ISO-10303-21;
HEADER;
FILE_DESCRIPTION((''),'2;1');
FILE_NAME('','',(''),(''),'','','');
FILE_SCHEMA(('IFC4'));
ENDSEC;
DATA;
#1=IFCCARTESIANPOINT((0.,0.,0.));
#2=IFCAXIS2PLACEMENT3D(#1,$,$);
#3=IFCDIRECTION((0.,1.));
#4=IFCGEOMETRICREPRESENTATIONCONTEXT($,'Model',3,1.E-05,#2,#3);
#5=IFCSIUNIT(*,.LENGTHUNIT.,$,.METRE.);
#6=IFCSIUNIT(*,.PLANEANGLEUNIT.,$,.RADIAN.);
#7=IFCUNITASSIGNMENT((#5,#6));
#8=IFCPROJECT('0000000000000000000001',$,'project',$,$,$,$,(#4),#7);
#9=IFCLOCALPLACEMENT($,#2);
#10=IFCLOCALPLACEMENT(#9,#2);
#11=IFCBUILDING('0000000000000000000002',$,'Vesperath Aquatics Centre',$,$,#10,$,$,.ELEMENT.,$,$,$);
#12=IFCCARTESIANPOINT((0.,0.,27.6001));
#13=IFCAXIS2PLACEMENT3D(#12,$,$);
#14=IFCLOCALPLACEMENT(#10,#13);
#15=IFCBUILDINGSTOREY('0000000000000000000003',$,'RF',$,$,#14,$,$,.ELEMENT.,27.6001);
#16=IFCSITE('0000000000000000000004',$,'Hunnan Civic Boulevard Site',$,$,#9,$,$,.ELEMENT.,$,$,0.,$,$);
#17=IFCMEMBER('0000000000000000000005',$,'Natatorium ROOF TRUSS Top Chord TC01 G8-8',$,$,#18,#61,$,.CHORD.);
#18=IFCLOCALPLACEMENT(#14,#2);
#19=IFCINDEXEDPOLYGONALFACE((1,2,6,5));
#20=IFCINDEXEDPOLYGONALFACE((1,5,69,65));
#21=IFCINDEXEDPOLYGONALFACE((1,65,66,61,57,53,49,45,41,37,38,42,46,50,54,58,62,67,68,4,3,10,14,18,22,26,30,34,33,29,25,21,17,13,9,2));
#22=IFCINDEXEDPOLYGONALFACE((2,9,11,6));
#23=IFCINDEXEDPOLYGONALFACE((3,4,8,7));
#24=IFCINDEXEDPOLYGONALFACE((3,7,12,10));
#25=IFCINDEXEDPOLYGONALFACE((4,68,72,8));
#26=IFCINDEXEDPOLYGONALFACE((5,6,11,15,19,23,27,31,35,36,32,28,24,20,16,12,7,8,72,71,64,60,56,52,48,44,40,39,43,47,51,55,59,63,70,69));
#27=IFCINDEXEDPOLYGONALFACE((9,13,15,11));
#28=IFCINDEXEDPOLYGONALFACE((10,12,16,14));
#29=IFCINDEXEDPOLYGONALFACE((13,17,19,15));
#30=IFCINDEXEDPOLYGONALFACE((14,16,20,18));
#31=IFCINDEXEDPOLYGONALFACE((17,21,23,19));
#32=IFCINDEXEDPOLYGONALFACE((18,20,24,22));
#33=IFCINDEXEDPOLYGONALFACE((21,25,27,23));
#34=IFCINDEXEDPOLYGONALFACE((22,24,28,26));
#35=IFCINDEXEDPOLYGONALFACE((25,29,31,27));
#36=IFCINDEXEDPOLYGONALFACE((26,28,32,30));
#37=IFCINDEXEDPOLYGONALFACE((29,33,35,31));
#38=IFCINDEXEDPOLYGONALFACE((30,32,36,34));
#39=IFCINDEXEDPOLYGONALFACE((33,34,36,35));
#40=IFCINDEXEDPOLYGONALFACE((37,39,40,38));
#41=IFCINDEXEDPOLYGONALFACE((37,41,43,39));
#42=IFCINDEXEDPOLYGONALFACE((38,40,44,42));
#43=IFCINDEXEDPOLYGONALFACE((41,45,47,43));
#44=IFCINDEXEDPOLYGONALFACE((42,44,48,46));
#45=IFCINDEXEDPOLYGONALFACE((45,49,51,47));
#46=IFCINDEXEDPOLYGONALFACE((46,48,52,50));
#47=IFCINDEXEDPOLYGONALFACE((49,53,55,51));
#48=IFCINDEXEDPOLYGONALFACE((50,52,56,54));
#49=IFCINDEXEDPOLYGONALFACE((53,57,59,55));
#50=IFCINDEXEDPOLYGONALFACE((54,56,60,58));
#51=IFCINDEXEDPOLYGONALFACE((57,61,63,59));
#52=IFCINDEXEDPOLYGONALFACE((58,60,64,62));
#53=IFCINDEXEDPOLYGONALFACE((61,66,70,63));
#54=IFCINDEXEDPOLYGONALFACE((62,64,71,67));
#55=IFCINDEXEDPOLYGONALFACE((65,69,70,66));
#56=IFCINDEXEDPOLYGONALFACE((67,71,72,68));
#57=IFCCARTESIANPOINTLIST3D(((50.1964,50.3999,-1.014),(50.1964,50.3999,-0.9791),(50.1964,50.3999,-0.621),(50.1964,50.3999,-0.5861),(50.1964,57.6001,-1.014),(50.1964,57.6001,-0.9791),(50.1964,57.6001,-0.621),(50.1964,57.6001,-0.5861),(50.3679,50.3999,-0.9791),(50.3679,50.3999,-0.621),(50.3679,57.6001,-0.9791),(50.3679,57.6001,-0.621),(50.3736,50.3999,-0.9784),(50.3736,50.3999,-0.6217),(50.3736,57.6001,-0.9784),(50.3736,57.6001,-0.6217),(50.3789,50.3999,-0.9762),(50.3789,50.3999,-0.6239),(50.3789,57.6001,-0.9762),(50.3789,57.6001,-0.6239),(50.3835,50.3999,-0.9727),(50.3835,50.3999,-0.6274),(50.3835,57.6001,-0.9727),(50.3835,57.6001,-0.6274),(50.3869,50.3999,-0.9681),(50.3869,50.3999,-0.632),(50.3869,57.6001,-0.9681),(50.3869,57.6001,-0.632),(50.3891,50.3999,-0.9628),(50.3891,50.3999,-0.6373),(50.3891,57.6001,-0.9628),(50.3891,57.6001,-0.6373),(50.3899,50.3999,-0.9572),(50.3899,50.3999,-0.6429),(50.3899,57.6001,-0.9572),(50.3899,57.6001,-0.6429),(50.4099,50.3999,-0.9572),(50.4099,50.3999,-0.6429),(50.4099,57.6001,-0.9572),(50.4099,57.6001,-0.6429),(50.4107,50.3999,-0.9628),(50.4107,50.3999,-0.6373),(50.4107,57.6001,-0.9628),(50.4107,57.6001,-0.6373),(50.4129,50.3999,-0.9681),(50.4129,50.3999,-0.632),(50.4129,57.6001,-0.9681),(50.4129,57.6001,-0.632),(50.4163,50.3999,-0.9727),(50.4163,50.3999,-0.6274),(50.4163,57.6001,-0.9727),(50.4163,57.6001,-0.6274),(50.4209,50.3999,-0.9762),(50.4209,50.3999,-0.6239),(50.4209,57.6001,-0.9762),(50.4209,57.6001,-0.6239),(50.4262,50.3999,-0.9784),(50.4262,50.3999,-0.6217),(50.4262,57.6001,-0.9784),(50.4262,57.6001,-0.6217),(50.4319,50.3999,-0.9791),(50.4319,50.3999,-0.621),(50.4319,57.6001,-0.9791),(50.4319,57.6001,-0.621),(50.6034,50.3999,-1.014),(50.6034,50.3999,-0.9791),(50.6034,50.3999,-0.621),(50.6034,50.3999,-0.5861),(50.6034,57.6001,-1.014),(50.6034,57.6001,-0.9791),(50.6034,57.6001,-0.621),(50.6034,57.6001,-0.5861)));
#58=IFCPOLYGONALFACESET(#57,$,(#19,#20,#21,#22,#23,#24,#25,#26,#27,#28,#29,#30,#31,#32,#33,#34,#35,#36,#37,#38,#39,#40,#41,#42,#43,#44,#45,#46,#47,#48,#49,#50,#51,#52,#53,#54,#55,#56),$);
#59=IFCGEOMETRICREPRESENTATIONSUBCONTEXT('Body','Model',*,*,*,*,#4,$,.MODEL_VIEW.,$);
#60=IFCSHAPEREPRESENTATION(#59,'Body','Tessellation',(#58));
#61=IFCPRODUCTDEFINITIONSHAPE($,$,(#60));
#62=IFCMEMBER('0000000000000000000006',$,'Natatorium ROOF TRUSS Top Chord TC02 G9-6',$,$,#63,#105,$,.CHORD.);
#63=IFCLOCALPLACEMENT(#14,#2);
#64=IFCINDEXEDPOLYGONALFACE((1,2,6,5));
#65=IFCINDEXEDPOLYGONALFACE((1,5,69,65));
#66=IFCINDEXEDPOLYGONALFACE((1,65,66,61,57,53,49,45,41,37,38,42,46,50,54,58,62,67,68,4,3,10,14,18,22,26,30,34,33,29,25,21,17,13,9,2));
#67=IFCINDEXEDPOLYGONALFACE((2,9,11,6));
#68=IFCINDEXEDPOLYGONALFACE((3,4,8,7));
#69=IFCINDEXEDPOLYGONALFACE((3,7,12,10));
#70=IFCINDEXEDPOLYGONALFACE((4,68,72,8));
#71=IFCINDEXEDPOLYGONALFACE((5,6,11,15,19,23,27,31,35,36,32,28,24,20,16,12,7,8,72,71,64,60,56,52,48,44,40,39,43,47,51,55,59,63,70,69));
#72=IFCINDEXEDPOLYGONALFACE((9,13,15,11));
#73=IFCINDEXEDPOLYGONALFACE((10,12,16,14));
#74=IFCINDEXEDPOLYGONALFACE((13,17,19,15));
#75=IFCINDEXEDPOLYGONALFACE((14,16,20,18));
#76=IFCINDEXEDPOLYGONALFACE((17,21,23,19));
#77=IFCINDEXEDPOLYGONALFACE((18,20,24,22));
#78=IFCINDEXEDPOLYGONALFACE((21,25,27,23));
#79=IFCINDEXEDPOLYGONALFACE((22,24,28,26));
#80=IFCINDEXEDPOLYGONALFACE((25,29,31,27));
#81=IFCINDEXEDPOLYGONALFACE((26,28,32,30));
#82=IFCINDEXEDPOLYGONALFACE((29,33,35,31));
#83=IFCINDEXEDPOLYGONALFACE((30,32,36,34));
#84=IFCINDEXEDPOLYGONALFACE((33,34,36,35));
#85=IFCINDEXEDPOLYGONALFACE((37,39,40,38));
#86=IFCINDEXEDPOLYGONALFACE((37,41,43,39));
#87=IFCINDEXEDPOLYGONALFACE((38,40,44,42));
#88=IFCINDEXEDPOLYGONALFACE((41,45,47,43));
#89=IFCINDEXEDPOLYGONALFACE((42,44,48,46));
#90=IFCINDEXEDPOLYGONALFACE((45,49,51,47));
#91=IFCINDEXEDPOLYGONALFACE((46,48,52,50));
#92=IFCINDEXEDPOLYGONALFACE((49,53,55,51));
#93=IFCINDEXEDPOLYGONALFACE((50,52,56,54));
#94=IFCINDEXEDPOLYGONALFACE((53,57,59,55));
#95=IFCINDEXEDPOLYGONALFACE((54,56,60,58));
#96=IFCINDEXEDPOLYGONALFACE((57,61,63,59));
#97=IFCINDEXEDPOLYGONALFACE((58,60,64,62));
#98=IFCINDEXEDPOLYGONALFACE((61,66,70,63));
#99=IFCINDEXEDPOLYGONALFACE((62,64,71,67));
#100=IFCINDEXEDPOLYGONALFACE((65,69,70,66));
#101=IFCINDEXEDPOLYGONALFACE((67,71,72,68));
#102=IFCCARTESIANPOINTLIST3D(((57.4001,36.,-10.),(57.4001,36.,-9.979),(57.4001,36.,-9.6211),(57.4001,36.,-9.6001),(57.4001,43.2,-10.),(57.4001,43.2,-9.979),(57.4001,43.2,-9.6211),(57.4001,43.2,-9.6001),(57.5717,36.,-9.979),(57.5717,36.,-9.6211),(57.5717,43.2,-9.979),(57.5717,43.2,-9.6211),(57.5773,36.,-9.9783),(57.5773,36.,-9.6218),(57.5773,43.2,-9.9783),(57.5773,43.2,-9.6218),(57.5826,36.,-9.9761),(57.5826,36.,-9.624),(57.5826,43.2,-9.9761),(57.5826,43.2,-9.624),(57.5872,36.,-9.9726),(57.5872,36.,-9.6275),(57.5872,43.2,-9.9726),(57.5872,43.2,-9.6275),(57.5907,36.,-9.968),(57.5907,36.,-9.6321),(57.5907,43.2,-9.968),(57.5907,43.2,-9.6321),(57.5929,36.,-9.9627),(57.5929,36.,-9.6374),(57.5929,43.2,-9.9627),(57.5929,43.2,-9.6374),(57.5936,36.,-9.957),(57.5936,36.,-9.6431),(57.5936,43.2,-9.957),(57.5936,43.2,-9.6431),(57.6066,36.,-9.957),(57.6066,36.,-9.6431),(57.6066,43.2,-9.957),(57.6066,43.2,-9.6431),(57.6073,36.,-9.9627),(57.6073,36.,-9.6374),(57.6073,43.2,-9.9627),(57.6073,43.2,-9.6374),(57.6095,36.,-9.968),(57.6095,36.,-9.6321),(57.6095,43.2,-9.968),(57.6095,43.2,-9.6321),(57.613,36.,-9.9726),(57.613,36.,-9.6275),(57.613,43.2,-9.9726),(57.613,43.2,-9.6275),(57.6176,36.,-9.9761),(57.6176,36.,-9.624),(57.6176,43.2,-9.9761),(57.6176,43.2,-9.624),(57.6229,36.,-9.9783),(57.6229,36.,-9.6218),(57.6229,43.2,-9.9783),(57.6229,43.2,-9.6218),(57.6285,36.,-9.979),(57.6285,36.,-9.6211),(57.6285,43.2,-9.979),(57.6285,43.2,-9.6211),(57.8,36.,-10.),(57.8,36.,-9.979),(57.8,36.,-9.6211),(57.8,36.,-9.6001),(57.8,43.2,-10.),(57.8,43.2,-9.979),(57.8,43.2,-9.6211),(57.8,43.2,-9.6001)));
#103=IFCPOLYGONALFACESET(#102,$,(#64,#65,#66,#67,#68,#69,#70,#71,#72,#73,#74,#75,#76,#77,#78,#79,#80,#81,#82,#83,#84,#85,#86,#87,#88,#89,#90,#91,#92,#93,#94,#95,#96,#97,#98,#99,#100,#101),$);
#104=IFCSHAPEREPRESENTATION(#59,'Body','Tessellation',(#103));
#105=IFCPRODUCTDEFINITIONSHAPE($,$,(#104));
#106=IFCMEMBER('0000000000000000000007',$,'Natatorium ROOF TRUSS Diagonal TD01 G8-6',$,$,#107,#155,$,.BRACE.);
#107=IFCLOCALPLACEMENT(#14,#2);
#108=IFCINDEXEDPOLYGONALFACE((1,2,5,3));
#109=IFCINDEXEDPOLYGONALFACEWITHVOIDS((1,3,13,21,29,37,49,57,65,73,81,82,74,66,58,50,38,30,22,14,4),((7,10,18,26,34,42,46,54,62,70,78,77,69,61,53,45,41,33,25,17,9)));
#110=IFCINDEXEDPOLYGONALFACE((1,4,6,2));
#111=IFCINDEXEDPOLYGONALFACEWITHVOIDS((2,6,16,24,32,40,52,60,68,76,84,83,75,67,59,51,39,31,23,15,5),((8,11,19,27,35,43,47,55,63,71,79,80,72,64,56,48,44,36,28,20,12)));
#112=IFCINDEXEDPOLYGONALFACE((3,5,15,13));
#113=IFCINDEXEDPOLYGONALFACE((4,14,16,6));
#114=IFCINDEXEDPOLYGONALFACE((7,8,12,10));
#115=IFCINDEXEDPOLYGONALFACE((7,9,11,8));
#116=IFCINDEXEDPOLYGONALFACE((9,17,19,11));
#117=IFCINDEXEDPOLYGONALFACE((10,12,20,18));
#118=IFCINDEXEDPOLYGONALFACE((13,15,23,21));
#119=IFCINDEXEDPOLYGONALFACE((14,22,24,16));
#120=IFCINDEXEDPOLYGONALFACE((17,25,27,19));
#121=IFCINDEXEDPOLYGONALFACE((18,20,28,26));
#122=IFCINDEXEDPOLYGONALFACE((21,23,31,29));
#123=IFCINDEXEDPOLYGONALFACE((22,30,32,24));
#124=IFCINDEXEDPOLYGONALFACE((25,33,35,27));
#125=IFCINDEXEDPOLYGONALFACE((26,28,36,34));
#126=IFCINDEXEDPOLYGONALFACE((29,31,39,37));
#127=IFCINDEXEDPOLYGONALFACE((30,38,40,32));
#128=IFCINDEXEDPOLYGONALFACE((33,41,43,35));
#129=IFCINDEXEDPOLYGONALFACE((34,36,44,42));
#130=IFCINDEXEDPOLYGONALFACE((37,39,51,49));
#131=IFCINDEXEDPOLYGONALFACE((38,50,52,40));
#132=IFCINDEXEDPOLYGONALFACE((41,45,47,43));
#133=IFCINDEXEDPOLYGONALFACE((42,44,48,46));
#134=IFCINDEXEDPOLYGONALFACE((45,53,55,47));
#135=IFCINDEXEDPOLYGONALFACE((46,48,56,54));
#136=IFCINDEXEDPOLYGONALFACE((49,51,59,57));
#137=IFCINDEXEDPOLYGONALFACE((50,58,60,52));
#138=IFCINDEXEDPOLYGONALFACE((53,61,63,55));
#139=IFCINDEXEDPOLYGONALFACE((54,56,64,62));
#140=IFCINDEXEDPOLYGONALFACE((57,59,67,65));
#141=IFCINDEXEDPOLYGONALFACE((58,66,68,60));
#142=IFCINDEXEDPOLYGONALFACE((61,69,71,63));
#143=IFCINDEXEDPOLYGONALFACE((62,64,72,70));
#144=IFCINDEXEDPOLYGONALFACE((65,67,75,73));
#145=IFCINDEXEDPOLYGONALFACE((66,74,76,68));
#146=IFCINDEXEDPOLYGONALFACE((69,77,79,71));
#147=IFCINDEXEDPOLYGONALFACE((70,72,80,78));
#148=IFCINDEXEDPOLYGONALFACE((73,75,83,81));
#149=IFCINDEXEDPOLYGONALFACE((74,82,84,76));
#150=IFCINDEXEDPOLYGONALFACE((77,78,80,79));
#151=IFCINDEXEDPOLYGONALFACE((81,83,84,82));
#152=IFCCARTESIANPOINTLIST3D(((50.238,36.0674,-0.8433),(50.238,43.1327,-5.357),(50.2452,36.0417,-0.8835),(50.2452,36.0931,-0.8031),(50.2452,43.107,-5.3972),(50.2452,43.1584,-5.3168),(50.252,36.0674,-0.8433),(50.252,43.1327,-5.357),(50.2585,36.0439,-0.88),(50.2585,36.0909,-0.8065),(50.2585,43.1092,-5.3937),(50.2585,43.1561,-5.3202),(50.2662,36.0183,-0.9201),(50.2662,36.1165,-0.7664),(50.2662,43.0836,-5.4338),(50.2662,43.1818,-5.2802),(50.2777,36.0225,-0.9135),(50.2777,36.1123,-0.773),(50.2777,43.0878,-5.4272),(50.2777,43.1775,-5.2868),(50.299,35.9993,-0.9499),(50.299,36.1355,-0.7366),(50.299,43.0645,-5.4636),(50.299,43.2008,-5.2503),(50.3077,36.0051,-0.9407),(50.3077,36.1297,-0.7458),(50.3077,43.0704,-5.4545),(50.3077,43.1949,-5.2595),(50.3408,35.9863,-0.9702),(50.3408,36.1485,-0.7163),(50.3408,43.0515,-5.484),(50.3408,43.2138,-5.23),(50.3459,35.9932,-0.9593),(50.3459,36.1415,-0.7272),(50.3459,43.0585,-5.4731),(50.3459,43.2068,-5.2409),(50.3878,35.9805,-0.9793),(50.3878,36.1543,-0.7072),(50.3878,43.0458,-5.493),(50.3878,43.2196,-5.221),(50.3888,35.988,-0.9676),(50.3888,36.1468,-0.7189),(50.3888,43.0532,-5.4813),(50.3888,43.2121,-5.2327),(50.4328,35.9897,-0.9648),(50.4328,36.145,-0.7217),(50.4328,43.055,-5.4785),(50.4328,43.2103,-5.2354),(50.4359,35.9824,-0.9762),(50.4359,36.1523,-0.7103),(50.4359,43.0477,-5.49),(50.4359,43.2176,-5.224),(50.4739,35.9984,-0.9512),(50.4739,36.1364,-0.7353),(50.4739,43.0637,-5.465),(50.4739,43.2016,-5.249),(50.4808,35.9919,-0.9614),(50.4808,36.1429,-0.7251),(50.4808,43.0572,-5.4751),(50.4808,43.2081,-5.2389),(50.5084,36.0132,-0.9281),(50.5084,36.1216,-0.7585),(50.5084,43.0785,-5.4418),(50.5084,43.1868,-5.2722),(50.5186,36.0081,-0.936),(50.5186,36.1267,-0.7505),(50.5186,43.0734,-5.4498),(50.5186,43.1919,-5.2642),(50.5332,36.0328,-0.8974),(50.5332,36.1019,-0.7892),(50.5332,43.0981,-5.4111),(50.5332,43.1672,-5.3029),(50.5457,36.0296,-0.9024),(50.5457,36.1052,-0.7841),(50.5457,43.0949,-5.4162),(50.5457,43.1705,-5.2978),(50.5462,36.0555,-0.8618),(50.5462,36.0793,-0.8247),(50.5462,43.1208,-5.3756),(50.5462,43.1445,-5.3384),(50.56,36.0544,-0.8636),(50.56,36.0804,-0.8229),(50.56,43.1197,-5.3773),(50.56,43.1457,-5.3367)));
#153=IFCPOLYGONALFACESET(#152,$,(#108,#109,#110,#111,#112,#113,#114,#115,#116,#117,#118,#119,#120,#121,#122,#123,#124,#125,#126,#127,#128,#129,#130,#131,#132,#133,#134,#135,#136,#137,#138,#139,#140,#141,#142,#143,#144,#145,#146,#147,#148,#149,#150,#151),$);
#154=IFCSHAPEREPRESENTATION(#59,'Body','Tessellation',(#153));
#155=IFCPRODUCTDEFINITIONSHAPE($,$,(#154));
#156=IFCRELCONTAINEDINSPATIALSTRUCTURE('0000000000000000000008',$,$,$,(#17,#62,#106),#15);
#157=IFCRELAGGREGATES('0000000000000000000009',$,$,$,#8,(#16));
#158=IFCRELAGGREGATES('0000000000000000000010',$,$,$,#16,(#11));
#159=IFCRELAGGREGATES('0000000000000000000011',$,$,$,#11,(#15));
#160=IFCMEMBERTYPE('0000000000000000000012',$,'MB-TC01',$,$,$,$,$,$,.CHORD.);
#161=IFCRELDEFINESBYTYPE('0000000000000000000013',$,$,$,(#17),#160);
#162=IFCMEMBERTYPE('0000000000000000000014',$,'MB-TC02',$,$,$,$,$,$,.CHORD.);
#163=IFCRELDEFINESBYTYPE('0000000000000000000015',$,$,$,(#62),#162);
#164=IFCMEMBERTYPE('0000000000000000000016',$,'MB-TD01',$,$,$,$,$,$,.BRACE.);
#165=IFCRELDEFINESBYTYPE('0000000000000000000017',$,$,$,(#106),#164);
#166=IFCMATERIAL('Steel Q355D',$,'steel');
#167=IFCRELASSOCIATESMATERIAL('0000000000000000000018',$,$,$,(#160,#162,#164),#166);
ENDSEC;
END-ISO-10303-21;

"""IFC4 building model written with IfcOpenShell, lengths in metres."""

from ifc_helpers import new_model, si_unit, direction, frame, origin, origin_2d, place, context, subcontext, project, spatial, hollow_circle, i_section, extrude, material, material_profile, profile_set, type_object, element, save


model = new_model("IFC4")

# Units and contexts
model_context = context("Model", 3, precision=1e-05, world=origin(), true_north=direction((0.0, 1.0)))
body_context = subcontext(model_context, "Body", "Model", "MODEL_VIEW")
ifc_project = project(units=[si_unit("LENGTHUNIT", "METRE"), si_unit("PLANEANGLEUNIT", "RADIAN")], contexts=[model_context])

# Site, building, storey
site_placement = place(None, origin())
site = spatial("IfcSite", under=ifc_project, at=site_placement, Name="Hunnan Civic Boulevard Site", CompositionType="ELEMENT", RefElevation=0.0)
building_placement = place(site_placement, origin())
building = spatial("IfcBuilding", under=site, at=building_placement, Name="Vesperath Aquatics Centre", CompositionType="ELEMENT")
storey_placement = place(building_placement, frame((0.0, 0.0, 27.6001)))
storey = spatial("IfcBuildingStorey", under=building, at=storey_placement, Name="RF", CompositionType="ELEMENT", Elevation=27.6001)

# Members
ifc_material_1 = material(Name="Steel Q355D", Category="steel")
ifc_material_profile_1 = material_profile(ifc_material_1, i_section(OverallWidth=0.407, OverallDepth=0.428, WebThickness=0.02, FlangeThickness=0.0349, FilletRadius=0.022, at=origin_2d()), Name="HW 428x407x20x35")
ifc_profile_set_1 = profile_set([ifc_material_profile_1], Name="Steel Q355D")
member_type_1 = type_object("IfcMemberType", Name="MB-TC01", PredefinedType="CHORD", material=ifc_profile_set_1)
member_1_placement = place(storey_placement, frame((50.3999, 50.3999, -0.8), z_axis=(0.0, 1.0, 0.0), x_axis=(-1.0, 0.0, 0.0)))
element("IfcMember", 1, at=member_1_placement, inside=storey, type_object=member_type_1, Name="Natatorium ROOF TRUSS Top Chord TC01 G8-8", PredefinedType="CHORD", context=body_context, shape_type="SweptSolid", body=[
    extrude(i_section(OverallWidth=0.407, OverallDepth=0.428, WebThickness=0.02, FlangeThickness=0.0349, FilletRadius=0.022, at=origin_2d()), origin(), (0.0, 0.0, 1.0), 7.2002),
])
ifc_material_profile_2 = material_profile(ifc_material_1, i_section(OverallWidth=0.3999, OverallDepth=0.3999, WebThickness=0.0129, FlangeThickness=0.021, FilletRadius=0.022, at=origin_2d()), Name="HW 400x400x13x21")
ifc_profile_set_2 = profile_set([ifc_material_profile_2], Name="Steel Q355D")
member_type_2 = type_object("IfcMemberType", Name="MB-TC02", PredefinedType="CHORD", material=ifc_profile_set_2)
member_2_placement = place(storey_placement, frame((57.6001, 36.0, -9.8), z_axis=(0.0, 1.0, 0.0), x_axis=(-1.0, 0.0, 0.0)))
element("IfcMember", 2, at=member_2_placement, inside=storey, type_object=member_type_2, Name="Natatorium ROOF TRUSS Top Chord TC02 G9-6", PredefinedType="CHORD", context=body_context, shape_type="SweptSolid", body=[
    extrude(i_section(OverallWidth=0.3999, OverallDepth=0.3999, WebThickness=0.0129, FlangeThickness=0.021, FilletRadius=0.022, at=origin_2d()), origin(), (0.0, 0.0, 1.0), 7.2),
])
ifc_material_profile_3 = material_profile(ifc_material_1, hollow_circle(Radius=0.1619, WallThickness=0.0139, at=origin_2d()), Name="CHS 323.9x14")
ifc_profile_set_3 = profile_set([ifc_material_profile_3], Name="Steel Q355D")
member_type_3 = type_object("IfcMemberType", Name="MB-TD01", PredefinedType="BRACE", material=ifc_profile_set_3)
for number, where, z_axis, x_axis, name in (
    (3, (50.3999, 36.0674, -0.8433), (0.0, 0.842707, -0.538373), (-1.0, 0.0, 0.0), "Natatorium ROOF TRUSS Diagonal TD01 G8-6"),
):
    element("IfcMember", number, at=place(storey_placement, frame(where, z_axis=z_axis, x_axis=x_axis)), inside=storey, type_object=member_type_3, Name=name, PredefinedType="BRACE", context=body_context, shape_type="SweptSolid", body=[
        extrude(hollow_circle(Radius=0.1619, WallThickness=0.0139, at=origin_2d()), origin(), (0.0, 0.0, 1.0), 8.384),
    ])

save(model, "model.ifc")
